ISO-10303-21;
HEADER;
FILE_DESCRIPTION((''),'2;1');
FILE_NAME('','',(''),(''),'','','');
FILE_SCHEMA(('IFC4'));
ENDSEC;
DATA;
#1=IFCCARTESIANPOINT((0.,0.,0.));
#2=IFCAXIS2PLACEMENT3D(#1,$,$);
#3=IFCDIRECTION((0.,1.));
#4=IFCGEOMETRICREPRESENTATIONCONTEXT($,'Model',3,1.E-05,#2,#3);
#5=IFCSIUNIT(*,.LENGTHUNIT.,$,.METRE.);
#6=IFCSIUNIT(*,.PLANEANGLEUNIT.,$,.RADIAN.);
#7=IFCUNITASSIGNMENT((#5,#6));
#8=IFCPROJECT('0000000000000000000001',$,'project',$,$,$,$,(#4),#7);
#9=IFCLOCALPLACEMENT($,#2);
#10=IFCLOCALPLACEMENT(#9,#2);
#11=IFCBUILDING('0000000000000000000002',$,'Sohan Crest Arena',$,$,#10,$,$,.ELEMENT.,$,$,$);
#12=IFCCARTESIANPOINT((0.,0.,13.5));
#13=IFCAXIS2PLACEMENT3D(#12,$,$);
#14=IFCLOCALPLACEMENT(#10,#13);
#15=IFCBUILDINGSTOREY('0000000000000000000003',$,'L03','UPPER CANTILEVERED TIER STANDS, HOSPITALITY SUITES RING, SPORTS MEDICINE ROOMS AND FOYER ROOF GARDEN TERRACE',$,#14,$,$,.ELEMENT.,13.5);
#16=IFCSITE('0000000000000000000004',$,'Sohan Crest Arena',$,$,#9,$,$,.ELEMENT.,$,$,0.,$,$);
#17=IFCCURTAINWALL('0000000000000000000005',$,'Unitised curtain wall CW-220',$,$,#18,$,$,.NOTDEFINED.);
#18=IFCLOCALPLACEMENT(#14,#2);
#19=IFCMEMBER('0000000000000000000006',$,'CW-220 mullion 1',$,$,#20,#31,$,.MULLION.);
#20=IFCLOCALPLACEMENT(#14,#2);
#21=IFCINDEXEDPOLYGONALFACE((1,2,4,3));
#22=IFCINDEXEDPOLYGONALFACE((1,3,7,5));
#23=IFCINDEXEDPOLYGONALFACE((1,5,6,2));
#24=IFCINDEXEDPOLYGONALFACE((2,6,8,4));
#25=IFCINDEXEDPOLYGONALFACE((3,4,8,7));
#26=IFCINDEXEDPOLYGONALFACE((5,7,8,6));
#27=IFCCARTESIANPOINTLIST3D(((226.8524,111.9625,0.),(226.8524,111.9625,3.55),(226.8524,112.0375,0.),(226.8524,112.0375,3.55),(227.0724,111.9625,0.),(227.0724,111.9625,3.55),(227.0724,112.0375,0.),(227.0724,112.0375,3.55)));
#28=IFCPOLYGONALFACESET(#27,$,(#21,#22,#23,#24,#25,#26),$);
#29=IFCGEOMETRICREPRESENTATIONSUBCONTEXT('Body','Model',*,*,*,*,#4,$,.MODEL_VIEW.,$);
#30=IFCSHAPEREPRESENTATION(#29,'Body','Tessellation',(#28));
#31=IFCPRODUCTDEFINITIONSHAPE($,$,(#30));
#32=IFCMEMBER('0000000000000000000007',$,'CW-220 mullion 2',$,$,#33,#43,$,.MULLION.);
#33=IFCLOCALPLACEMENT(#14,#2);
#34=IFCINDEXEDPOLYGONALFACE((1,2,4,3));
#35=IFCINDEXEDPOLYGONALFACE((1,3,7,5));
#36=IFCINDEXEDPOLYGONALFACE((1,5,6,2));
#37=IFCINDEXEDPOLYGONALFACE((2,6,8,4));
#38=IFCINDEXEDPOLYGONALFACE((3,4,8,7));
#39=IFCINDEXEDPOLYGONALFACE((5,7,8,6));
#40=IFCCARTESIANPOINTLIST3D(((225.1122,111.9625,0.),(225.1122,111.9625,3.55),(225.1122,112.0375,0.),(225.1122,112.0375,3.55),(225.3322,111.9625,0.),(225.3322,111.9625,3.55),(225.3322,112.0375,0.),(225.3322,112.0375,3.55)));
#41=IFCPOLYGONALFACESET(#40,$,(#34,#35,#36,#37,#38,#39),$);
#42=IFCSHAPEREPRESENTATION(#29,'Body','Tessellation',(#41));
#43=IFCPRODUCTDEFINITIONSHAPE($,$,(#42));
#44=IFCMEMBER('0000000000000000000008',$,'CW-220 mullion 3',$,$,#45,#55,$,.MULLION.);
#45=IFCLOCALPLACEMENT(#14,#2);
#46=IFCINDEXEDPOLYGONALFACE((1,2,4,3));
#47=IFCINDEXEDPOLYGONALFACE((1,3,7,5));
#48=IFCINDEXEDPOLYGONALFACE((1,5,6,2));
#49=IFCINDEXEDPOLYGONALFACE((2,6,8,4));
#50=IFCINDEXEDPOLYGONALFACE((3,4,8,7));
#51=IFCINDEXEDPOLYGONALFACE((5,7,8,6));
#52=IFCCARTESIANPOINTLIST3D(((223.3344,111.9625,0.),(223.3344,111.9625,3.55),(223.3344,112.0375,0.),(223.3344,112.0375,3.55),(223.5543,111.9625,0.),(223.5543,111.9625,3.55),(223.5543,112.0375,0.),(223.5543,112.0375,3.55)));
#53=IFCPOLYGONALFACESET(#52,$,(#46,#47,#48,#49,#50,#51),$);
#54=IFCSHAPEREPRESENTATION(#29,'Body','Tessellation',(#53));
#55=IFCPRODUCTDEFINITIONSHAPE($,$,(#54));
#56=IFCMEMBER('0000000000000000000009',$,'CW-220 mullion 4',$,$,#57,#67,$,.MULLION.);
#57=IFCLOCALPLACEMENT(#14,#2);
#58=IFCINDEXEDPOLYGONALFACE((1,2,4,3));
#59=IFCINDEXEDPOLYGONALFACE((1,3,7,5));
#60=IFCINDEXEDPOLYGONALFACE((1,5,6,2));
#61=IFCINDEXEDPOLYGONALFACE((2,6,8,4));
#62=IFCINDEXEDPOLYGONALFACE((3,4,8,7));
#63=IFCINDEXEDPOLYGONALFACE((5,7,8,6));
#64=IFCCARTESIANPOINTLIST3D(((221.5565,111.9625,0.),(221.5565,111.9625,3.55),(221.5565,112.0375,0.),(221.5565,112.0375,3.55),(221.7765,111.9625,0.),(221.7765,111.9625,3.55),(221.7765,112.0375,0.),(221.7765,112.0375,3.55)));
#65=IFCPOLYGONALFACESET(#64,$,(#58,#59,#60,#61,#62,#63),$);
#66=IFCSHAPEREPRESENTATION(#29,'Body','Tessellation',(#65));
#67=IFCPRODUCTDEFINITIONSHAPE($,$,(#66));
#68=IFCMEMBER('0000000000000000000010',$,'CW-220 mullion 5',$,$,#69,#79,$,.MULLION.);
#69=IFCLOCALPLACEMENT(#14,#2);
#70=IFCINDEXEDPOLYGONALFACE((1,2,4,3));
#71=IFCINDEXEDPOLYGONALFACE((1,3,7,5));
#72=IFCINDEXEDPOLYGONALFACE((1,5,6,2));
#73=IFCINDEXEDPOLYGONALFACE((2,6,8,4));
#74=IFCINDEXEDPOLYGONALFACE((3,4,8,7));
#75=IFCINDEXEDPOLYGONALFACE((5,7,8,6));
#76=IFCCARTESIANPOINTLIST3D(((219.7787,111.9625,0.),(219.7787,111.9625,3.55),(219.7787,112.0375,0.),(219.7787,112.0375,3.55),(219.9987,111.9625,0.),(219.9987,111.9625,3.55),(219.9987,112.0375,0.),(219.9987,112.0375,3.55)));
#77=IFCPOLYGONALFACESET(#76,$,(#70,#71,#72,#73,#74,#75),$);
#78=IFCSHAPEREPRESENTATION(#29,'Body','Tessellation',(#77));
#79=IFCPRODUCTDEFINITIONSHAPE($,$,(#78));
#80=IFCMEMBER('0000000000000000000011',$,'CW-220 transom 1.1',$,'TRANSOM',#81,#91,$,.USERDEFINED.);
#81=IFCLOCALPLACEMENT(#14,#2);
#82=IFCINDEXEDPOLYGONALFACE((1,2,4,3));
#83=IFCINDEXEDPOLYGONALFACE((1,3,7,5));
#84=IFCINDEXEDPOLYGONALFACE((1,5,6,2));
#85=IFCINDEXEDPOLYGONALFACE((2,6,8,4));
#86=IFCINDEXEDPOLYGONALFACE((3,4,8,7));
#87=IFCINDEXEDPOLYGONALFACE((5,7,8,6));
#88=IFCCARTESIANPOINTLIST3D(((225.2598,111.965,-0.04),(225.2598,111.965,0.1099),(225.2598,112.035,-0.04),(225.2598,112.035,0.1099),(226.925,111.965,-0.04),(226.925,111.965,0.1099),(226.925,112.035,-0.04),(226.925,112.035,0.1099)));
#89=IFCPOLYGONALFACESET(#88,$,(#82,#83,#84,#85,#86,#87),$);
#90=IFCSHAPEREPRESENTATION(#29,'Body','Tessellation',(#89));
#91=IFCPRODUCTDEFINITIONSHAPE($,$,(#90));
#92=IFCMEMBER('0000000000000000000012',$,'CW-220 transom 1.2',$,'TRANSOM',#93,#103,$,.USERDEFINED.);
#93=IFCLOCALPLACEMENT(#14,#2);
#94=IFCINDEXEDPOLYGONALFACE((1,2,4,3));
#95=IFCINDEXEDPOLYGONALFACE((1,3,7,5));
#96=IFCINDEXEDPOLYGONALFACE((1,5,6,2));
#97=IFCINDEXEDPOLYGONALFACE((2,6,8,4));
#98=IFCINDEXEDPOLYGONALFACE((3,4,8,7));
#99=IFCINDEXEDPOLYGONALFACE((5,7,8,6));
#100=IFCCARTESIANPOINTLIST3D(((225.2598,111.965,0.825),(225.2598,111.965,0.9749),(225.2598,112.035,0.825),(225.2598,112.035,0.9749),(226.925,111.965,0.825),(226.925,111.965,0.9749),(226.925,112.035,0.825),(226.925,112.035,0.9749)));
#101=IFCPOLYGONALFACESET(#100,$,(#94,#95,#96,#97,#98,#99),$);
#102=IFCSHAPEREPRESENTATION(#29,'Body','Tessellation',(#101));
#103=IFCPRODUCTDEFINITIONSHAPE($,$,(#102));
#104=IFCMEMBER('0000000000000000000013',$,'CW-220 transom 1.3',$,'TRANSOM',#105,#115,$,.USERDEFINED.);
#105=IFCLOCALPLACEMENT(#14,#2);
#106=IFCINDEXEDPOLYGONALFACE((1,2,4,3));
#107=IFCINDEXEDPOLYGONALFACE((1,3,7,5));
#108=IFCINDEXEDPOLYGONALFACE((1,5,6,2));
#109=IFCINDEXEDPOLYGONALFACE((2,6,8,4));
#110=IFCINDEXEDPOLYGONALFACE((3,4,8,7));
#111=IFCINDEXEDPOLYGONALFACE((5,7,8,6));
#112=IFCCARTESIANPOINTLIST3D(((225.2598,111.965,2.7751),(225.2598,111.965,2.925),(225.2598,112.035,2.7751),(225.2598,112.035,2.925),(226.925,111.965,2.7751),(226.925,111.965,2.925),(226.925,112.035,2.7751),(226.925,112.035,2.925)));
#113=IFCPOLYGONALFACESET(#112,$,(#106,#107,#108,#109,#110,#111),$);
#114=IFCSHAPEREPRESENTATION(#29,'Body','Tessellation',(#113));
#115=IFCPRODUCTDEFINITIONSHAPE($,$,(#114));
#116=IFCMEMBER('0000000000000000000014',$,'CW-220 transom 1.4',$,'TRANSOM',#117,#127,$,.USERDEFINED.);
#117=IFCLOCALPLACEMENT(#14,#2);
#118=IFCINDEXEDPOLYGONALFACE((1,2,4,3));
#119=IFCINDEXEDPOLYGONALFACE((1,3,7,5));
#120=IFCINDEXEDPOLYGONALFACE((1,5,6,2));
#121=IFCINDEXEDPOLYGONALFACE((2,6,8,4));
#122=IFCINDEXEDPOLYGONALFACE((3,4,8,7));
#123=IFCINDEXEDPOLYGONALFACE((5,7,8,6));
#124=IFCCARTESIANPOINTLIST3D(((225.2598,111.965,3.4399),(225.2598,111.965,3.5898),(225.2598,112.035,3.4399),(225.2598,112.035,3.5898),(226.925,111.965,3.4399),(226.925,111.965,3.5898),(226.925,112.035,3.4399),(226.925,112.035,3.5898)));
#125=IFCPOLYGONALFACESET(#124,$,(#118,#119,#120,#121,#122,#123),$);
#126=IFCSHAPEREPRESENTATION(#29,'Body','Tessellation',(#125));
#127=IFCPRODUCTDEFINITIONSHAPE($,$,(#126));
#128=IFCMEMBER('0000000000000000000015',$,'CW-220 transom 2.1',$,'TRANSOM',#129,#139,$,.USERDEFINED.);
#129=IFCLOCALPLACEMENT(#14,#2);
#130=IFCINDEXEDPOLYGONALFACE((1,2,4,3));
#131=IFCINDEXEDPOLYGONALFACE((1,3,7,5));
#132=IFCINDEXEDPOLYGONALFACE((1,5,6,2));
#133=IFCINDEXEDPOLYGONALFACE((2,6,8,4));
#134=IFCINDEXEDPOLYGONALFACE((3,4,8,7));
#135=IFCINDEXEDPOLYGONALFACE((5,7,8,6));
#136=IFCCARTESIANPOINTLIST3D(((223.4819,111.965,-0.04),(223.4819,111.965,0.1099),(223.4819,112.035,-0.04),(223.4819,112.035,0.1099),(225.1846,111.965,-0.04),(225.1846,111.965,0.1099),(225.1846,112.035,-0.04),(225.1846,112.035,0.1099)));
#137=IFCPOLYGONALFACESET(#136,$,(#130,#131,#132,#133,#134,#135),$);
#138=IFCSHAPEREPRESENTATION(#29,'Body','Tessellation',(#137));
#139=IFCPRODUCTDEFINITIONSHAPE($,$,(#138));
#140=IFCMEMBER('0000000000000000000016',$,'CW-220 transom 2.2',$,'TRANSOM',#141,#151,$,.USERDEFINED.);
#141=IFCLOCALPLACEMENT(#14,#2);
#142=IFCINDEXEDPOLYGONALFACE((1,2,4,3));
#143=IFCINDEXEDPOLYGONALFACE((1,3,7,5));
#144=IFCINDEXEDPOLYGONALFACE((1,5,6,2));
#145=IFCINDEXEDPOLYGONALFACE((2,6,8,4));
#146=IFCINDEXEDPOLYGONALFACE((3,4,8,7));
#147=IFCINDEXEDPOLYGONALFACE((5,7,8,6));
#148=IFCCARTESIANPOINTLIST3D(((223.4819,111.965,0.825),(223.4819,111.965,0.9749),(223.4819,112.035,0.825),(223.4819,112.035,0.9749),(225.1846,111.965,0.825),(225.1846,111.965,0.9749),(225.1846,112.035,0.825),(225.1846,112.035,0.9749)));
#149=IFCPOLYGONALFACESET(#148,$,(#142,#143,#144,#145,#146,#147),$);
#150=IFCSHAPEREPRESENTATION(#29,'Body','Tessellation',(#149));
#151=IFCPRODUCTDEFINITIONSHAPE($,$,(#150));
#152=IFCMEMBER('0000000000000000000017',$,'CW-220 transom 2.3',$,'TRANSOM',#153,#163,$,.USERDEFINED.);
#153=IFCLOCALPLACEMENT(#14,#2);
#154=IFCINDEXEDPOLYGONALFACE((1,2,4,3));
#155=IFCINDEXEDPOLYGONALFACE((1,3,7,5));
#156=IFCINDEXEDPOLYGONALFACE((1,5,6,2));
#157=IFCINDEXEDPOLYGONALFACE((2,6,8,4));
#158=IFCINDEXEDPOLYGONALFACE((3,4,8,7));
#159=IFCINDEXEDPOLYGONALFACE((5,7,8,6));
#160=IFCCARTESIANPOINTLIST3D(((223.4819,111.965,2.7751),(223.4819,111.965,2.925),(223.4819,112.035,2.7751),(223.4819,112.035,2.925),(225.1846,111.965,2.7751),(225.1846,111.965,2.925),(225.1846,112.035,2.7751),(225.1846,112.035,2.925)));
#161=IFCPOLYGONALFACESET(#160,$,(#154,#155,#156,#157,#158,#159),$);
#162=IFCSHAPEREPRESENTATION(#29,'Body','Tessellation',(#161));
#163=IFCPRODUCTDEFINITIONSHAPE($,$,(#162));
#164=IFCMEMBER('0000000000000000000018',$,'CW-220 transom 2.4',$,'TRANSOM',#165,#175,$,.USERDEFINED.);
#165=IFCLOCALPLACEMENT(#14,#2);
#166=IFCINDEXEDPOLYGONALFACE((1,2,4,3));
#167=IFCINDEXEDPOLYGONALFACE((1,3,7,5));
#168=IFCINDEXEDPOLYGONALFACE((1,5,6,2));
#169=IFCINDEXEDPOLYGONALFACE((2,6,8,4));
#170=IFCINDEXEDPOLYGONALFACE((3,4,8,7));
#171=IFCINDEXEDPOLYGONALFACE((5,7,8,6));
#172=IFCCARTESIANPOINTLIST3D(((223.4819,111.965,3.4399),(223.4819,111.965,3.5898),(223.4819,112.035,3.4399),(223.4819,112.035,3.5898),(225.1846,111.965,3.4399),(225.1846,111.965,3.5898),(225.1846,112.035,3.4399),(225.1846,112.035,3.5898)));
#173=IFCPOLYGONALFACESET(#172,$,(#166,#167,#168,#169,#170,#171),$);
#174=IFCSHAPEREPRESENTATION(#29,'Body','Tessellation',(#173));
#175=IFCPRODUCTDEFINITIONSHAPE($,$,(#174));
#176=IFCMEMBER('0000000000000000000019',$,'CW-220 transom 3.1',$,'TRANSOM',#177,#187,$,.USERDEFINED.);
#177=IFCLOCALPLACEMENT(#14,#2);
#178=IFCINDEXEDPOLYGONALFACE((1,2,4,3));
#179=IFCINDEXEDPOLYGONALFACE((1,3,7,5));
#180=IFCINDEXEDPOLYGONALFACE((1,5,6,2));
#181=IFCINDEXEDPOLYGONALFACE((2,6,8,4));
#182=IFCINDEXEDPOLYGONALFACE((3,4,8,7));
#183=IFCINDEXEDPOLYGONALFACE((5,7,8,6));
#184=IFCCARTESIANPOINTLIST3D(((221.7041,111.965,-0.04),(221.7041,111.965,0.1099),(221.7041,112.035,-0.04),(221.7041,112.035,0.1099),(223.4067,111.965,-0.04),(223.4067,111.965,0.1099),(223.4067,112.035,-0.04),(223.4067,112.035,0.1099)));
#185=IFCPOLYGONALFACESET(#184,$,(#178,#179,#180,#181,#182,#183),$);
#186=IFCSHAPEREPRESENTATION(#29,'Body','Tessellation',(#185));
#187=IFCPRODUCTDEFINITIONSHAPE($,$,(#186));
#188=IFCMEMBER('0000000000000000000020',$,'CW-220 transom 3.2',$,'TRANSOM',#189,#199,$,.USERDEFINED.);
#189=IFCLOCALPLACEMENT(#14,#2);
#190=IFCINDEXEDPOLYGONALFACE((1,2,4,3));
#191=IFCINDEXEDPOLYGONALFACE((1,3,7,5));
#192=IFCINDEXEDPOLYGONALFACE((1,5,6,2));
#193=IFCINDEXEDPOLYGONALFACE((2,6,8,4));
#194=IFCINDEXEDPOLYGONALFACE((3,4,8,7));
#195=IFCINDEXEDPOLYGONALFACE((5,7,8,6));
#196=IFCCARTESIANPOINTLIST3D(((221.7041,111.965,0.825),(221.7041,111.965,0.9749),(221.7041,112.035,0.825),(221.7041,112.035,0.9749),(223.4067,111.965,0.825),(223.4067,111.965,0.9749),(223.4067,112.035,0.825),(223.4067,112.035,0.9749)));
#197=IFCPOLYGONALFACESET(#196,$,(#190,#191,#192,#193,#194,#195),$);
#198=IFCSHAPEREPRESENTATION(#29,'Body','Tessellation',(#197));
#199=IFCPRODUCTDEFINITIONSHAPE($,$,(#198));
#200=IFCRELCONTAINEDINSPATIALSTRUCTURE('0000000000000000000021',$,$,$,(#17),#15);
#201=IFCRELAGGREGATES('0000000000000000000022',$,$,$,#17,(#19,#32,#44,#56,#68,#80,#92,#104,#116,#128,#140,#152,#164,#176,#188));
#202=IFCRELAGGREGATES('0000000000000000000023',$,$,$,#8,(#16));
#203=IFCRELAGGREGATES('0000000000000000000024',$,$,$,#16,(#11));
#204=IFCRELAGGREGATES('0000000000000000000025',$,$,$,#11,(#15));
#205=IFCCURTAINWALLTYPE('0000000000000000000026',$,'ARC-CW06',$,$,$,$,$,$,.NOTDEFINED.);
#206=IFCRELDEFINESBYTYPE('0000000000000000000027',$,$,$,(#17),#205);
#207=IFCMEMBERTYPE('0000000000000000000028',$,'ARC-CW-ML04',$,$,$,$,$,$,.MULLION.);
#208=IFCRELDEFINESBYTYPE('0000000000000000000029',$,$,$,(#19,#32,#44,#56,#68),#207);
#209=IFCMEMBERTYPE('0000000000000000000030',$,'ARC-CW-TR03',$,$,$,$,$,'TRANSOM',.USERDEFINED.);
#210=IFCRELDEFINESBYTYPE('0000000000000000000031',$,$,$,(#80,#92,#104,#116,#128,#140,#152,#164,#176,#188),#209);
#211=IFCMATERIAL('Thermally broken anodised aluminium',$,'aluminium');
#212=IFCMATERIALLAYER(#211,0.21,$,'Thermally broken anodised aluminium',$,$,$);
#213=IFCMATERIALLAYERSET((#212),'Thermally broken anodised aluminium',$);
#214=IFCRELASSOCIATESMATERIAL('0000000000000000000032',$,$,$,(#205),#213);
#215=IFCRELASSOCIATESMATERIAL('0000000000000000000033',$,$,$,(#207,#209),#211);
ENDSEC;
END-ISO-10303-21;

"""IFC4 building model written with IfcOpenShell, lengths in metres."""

from ifc_helpers import new_model, si_unit, direction, frame, origin, origin_2d, place, context, subcontext, project, spatial, rectangle, extrude, material, layer, layer_set, material_profile, profile_set, type_object, element, aggregate, save


model = new_model("IFC4")

# Units and contexts
model_context = context("Model", 3, precision=1e-05, world=origin(), true_north=direction((0.0, 1.0)))
body_context = subcontext(model_context, "Body", "Model", "MODEL_VIEW")
ifc_project = project(units=[si_unit("LENGTHUNIT", "METRE"), si_unit("PLANEANGLEUNIT", "RADIAN")], contexts=[model_context])

# Site, building, storey
site_placement = place(None, origin())
site = spatial("IfcSite", under=ifc_project, at=site_placement, Name="Sohan Crest Arena", CompositionType="ELEMENT", RefElevation=0.0)
building_placement = place(site_placement, origin())
building = spatial("IfcBuilding", under=site, at=building_placement, Name="Sohan Crest Arena", CompositionType="ELEMENT")
storey_placement = place(building_placement, frame((0.0, 0.0, 13.5)))
storey = spatial("IfcBuildingStorey", under=building, at=storey_placement, Name="L03", Description="UPPER CANTILEVERED TIER STANDS, HOSPITALITY SUITES RING, SPORTS MEDICINE ROOMS AND FOYER ROOF GARDEN TERRACE", CompositionType="ELEMENT", Elevation=13.5)

# Curtain wall, members
ifc_material_1 = material(Name="Thermally broken anodised aluminium", Category="aluminium")
ifc_layer_1 = layer(ifc_material_1, 0.21, Name="Thermally broken anodised aluminium")
ifc_layer_set_1 = layer_set([ifc_layer_1], Name="Thermally broken anodised aluminium")
curtain_wall_type = type_object("IfcCurtainWallType", Name="ARC-CW06", PredefinedType="NOTDEFINED", material=ifc_layer_set_1)
curtain_wall_placement = place(storey_placement, origin())
curtain_wall = element("IfcCurtainWall", 1, at=curtain_wall_placement, inside=storey, type_object=curtain_wall_type, Name="Unitised curtain wall CW-220", PredefinedType="NOTDEFINED")
ifc_material_profile_1 = material_profile(ifc_material_1, rectangle(XDim=0.075, YDim=0.22, at=origin_2d()), Name="ALU-MULL 75x220")
ifc_profile_set_1 = profile_set([ifc_material_profile_1], Name="Thermally broken anodised aluminium")
member_type_1 = type_object("IfcMemberType", Name="ARC-CW-ML04", PredefinedType="MULLION", material=ifc_profile_set_1)
member_1_placement = place(storey_placement, frame((226.9624, 112.0, 0.0), z_axis=(0.0, 0.0, 1.0), x_axis=(0.0, -1.0, 0.0)))
member_1 = element("IfcMember", 2, at=member_1_placement, type_object=member_type_1, Name="CW-220 mullion 1", PredefinedType="MULLION", context=body_context, shape_type="SweptSolid", body=[
    extrude(rectangle(XDim=0.075, YDim=0.22, at=origin_2d()), origin(), (0.0, 0.0, 1.0), 3.55),
])
member_2_placement = place(storey_placement, frame((225.2222, 112.0, 0.0), z_axis=(0.0, 0.0, 1.0), x_axis=(0.0, -1.0, 0.0)))
member_2 = element("IfcMember", 3, at=member_2_placement, type_object=member_type_1, Name="CW-220 mullion 2", PredefinedType="MULLION", context=body_context, shape_type="SweptSolid", body=[
    extrude(rectangle(XDim=0.075, YDim=0.22, at=origin_2d()), origin(), (0.0, 0.0, 1.0), 3.55),
])
member_3_placement = place(storey_placement, frame((223.4443, 112.0, 0.0), z_axis=(0.0, 0.0, 1.0), x_axis=(0.0, -1.0, 0.0)))
member_3 = element("IfcMember", 4, at=member_3_placement, type_object=member_type_1, Name="CW-220 mullion 3", PredefinedType="MULLION", context=body_context, shape_type="SweptSolid", body=[
    extrude(rectangle(XDim=0.075, YDim=0.22, at=origin_2d()), origin(), (0.0, 0.0, 1.0), 3.55),
])
member_4_placement = place(storey_placement, frame((221.6665, 112.0, 0.0), z_axis=(0.0, 0.0, 1.0), x_axis=(0.0, -1.0, 0.0)))
member_4 = element("IfcMember", 5, at=member_4_placement, type_object=member_type_1, Name="CW-220 mullion 4", PredefinedType="MULLION", context=body_context, shape_type="SweptSolid", body=[
    extrude(rectangle(XDim=0.075, YDim=0.22, at=origin_2d()), origin(), (0.0, 0.0, 1.0), 3.55),
])
member_5_placement = place(storey_placement, frame((219.8887, 112.0, 0.0), z_axis=(0.0, 0.0, 1.0), x_axis=(0.0, -1.0, 0.0)))
member_5 = element("IfcMember", 6, at=member_5_placement, type_object=member_type_1, Name="CW-220 mullion 5", PredefinedType="MULLION", context=body_context, shape_type="SweptSolid", body=[
    extrude(rectangle(XDim=0.075, YDim=0.22, at=origin_2d()), origin(), (0.0, 0.0, 1.0), 3.55),
])
ifc_material_profile_2 = material_profile(ifc_material_1, rectangle(XDim=0.0701, YDim=0.1499, at=origin_2d()), Name="ALU-TRAN 70x150")
ifc_profile_set_2 = profile_set([ifc_material_profile_2], Name="Thermally broken anodised aluminium")
member_type_2 = type_object("IfcMemberType", Name="ARC-CW-TR03", ElementType="TRANSOM", PredefinedType="USERDEFINED", material=ifc_profile_set_2)
member_6_placement = place(storey_placement, frame((226.925, 112.0, 0.0349), z_axis=(-1.0, 0.0, 0.0), x_axis=(0.0, -1.0, 0.0)))
member_6 = element("IfcMember", 7, at=member_6_placement, type_object=member_type_2, Name="CW-220 transom 1.1", ObjectType="TRANSOM", PredefinedType="USERDEFINED", context=body_context, shape_type="SweptSolid", body=[
    extrude(rectangle(XDim=0.0701, YDim=0.1499, at=origin_2d()), origin(), (0.0, 0.0, 1.0), 1.6653),
])
member_7_placement = place(storey_placement, frame((226.925, 112.0, 0.8999), z_axis=(-1.0, 0.0, 0.0), x_axis=(0.0, -1.0, 0.0)))
member_7 = element("IfcMember", 8, at=member_7_placement, type_object=member_type_2, Name="CW-220 transom 1.2", ObjectType="TRANSOM", PredefinedType="USERDEFINED", context=body_context, shape_type="SweptSolid", body=[
    extrude(rectangle(XDim=0.0701, YDim=0.1499, at=origin_2d()), origin(), (0.0, 0.0, 1.0), 1.6653),
])
member_8_placement = place(storey_placement, frame((226.925, 112.0, 2.8501), z_axis=(-1.0, 0.0, 0.0), x_axis=(0.0, -1.0, 0.0)))
member_8 = element("IfcMember", 9, at=member_8_placement, type_object=member_type_2, Name="CW-220 transom 1.3", ObjectType="TRANSOM", PredefinedType="USERDEFINED", context=body_context, shape_type="SweptSolid", body=[
    extrude(rectangle(XDim=0.0701, YDim=0.1499, at=origin_2d()), origin(), (0.0, 0.0, 1.0), 1.6653),
])
member_9_placement = place(storey_placement, frame((226.925, 112.0, 3.5149), z_axis=(-1.0, 0.0, 0.0), x_axis=(0.0, -1.0, 0.0)))
member_9 = element("IfcMember", 10, at=member_9_placement, type_object=member_type_2, Name="CW-220 transom 1.4", ObjectType="TRANSOM", PredefinedType="USERDEFINED", context=body_context, shape_type="SweptSolid", body=[
    extrude(rectangle(XDim=0.0701, YDim=0.1499, at=origin_2d()), origin(), (0.0, 0.0, 1.0), 1.6653),
])
member_10_placement = place(storey_placement, frame((225.1846, 112.0, 0.0349), z_axis=(-1.0, 0.0, 0.0), x_axis=(0.0, -1.0, 0.0)))
member_10 = element("IfcMember", 11, at=member_10_placement, type_object=member_type_2, Name="CW-220 transom 2.1", ObjectType="TRANSOM", PredefinedType="USERDEFINED", context=body_context, shape_type="SweptSolid", body=[
    extrude(rectangle(XDim=0.0701, YDim=0.1499, at=origin_2d()), origin(), (0.0, 0.0, 1.0), 1.7026),
])
member_11_placement = place(storey_placement, frame((225.1846, 112.0, 0.8999), z_axis=(-1.0, 0.0, 0.0), x_axis=(0.0, -1.0, 0.0)))
member_11 = element("IfcMember", 12, at=member_11_placement, type_object=member_type_2, Name="CW-220 transom 2.2", ObjectType="TRANSOM", PredefinedType="USERDEFINED", context=body_context, shape_type="SweptSolid", body=[
    extrude(rectangle(XDim=0.0701, YDim=0.1499, at=origin_2d()), origin(), (0.0, 0.0, 1.0), 1.7026),
])
member_12_placement = place(storey_placement, frame((225.1846, 112.0, 2.8501), z_axis=(-1.0, 0.0, 0.0), x_axis=(0.0, -1.0, 0.0)))
member_12 = element("IfcMember", 13, at=member_12_placement, type_object=member_type_2, Name="CW-220 transom 2.3", ObjectType="TRANSOM", PredefinedType="USERDEFINED", context=body_context, shape_type="SweptSolid", body=[
    extrude(rectangle(XDim=0.0701, YDim=0.1499, at=origin_2d()), origin(), (0.0, 0.0, 1.0), 1.7026),
])
member_13_placement = place(storey_placement, frame((225.1846, 112.0, 3.5149), z_axis=(-1.0, 0.0, 0.0), x_axis=(0.0, -1.0, 0.0)))
member_13 = element("IfcMember", 14, at=member_13_placement, type_object=member_type_2, Name="CW-220 transom 2.4", ObjectType="TRANSOM", PredefinedType="USERDEFINED", context=body_context, shape_type="SweptSolid", body=[
    extrude(rectangle(XDim=0.0701, YDim=0.1499, at=origin_2d()), origin(), (0.0, 0.0, 1.0), 1.7026),
])
member_14_placement = place(storey_placement, frame((223.4067, 112.0, 0.0349), z_axis=(-1.0, 0.0, 0.0), x_axis=(0.0, -1.0, 0.0)))
member_14 = element("IfcMember", 15, at=member_14_placement, type_object=member_type_2, Name="CW-220 transom 3.1", ObjectType="TRANSOM", PredefinedType="USERDEFINED", context=body_context, shape_type="SweptSolid", body=[
    extrude(rectangle(XDim=0.0701, YDim=0.1499, at=origin_2d()), origin(), (0.0, 0.0, 1.0), 1.7026),
])
member_15_placement = place(storey_placement, frame((223.4067, 112.0, 0.8999), z_axis=(-1.0, 0.0, 0.0), x_axis=(0.0, -1.0, 0.0)))
member_15 = element("IfcMember", 16, at=member_15_placement, type_object=member_type_2, Name="CW-220 transom 3.2", ObjectType="TRANSOM", PredefinedType="USERDEFINED", context=body_context, shape_type="SweptSolid", body=[
    extrude(rectangle(XDim=0.0701, YDim=0.1499, at=origin_2d()), origin(), (0.0, 0.0, 1.0), 1.7026),
])
aggregate(curtain_wall, [member_1, member_2, member_3, member_4, member_5, member_6, member_7, member_8, member_9, member_10, member_11, member_12, member_13, member_14, member_15])

save(model, "model.ifc")
